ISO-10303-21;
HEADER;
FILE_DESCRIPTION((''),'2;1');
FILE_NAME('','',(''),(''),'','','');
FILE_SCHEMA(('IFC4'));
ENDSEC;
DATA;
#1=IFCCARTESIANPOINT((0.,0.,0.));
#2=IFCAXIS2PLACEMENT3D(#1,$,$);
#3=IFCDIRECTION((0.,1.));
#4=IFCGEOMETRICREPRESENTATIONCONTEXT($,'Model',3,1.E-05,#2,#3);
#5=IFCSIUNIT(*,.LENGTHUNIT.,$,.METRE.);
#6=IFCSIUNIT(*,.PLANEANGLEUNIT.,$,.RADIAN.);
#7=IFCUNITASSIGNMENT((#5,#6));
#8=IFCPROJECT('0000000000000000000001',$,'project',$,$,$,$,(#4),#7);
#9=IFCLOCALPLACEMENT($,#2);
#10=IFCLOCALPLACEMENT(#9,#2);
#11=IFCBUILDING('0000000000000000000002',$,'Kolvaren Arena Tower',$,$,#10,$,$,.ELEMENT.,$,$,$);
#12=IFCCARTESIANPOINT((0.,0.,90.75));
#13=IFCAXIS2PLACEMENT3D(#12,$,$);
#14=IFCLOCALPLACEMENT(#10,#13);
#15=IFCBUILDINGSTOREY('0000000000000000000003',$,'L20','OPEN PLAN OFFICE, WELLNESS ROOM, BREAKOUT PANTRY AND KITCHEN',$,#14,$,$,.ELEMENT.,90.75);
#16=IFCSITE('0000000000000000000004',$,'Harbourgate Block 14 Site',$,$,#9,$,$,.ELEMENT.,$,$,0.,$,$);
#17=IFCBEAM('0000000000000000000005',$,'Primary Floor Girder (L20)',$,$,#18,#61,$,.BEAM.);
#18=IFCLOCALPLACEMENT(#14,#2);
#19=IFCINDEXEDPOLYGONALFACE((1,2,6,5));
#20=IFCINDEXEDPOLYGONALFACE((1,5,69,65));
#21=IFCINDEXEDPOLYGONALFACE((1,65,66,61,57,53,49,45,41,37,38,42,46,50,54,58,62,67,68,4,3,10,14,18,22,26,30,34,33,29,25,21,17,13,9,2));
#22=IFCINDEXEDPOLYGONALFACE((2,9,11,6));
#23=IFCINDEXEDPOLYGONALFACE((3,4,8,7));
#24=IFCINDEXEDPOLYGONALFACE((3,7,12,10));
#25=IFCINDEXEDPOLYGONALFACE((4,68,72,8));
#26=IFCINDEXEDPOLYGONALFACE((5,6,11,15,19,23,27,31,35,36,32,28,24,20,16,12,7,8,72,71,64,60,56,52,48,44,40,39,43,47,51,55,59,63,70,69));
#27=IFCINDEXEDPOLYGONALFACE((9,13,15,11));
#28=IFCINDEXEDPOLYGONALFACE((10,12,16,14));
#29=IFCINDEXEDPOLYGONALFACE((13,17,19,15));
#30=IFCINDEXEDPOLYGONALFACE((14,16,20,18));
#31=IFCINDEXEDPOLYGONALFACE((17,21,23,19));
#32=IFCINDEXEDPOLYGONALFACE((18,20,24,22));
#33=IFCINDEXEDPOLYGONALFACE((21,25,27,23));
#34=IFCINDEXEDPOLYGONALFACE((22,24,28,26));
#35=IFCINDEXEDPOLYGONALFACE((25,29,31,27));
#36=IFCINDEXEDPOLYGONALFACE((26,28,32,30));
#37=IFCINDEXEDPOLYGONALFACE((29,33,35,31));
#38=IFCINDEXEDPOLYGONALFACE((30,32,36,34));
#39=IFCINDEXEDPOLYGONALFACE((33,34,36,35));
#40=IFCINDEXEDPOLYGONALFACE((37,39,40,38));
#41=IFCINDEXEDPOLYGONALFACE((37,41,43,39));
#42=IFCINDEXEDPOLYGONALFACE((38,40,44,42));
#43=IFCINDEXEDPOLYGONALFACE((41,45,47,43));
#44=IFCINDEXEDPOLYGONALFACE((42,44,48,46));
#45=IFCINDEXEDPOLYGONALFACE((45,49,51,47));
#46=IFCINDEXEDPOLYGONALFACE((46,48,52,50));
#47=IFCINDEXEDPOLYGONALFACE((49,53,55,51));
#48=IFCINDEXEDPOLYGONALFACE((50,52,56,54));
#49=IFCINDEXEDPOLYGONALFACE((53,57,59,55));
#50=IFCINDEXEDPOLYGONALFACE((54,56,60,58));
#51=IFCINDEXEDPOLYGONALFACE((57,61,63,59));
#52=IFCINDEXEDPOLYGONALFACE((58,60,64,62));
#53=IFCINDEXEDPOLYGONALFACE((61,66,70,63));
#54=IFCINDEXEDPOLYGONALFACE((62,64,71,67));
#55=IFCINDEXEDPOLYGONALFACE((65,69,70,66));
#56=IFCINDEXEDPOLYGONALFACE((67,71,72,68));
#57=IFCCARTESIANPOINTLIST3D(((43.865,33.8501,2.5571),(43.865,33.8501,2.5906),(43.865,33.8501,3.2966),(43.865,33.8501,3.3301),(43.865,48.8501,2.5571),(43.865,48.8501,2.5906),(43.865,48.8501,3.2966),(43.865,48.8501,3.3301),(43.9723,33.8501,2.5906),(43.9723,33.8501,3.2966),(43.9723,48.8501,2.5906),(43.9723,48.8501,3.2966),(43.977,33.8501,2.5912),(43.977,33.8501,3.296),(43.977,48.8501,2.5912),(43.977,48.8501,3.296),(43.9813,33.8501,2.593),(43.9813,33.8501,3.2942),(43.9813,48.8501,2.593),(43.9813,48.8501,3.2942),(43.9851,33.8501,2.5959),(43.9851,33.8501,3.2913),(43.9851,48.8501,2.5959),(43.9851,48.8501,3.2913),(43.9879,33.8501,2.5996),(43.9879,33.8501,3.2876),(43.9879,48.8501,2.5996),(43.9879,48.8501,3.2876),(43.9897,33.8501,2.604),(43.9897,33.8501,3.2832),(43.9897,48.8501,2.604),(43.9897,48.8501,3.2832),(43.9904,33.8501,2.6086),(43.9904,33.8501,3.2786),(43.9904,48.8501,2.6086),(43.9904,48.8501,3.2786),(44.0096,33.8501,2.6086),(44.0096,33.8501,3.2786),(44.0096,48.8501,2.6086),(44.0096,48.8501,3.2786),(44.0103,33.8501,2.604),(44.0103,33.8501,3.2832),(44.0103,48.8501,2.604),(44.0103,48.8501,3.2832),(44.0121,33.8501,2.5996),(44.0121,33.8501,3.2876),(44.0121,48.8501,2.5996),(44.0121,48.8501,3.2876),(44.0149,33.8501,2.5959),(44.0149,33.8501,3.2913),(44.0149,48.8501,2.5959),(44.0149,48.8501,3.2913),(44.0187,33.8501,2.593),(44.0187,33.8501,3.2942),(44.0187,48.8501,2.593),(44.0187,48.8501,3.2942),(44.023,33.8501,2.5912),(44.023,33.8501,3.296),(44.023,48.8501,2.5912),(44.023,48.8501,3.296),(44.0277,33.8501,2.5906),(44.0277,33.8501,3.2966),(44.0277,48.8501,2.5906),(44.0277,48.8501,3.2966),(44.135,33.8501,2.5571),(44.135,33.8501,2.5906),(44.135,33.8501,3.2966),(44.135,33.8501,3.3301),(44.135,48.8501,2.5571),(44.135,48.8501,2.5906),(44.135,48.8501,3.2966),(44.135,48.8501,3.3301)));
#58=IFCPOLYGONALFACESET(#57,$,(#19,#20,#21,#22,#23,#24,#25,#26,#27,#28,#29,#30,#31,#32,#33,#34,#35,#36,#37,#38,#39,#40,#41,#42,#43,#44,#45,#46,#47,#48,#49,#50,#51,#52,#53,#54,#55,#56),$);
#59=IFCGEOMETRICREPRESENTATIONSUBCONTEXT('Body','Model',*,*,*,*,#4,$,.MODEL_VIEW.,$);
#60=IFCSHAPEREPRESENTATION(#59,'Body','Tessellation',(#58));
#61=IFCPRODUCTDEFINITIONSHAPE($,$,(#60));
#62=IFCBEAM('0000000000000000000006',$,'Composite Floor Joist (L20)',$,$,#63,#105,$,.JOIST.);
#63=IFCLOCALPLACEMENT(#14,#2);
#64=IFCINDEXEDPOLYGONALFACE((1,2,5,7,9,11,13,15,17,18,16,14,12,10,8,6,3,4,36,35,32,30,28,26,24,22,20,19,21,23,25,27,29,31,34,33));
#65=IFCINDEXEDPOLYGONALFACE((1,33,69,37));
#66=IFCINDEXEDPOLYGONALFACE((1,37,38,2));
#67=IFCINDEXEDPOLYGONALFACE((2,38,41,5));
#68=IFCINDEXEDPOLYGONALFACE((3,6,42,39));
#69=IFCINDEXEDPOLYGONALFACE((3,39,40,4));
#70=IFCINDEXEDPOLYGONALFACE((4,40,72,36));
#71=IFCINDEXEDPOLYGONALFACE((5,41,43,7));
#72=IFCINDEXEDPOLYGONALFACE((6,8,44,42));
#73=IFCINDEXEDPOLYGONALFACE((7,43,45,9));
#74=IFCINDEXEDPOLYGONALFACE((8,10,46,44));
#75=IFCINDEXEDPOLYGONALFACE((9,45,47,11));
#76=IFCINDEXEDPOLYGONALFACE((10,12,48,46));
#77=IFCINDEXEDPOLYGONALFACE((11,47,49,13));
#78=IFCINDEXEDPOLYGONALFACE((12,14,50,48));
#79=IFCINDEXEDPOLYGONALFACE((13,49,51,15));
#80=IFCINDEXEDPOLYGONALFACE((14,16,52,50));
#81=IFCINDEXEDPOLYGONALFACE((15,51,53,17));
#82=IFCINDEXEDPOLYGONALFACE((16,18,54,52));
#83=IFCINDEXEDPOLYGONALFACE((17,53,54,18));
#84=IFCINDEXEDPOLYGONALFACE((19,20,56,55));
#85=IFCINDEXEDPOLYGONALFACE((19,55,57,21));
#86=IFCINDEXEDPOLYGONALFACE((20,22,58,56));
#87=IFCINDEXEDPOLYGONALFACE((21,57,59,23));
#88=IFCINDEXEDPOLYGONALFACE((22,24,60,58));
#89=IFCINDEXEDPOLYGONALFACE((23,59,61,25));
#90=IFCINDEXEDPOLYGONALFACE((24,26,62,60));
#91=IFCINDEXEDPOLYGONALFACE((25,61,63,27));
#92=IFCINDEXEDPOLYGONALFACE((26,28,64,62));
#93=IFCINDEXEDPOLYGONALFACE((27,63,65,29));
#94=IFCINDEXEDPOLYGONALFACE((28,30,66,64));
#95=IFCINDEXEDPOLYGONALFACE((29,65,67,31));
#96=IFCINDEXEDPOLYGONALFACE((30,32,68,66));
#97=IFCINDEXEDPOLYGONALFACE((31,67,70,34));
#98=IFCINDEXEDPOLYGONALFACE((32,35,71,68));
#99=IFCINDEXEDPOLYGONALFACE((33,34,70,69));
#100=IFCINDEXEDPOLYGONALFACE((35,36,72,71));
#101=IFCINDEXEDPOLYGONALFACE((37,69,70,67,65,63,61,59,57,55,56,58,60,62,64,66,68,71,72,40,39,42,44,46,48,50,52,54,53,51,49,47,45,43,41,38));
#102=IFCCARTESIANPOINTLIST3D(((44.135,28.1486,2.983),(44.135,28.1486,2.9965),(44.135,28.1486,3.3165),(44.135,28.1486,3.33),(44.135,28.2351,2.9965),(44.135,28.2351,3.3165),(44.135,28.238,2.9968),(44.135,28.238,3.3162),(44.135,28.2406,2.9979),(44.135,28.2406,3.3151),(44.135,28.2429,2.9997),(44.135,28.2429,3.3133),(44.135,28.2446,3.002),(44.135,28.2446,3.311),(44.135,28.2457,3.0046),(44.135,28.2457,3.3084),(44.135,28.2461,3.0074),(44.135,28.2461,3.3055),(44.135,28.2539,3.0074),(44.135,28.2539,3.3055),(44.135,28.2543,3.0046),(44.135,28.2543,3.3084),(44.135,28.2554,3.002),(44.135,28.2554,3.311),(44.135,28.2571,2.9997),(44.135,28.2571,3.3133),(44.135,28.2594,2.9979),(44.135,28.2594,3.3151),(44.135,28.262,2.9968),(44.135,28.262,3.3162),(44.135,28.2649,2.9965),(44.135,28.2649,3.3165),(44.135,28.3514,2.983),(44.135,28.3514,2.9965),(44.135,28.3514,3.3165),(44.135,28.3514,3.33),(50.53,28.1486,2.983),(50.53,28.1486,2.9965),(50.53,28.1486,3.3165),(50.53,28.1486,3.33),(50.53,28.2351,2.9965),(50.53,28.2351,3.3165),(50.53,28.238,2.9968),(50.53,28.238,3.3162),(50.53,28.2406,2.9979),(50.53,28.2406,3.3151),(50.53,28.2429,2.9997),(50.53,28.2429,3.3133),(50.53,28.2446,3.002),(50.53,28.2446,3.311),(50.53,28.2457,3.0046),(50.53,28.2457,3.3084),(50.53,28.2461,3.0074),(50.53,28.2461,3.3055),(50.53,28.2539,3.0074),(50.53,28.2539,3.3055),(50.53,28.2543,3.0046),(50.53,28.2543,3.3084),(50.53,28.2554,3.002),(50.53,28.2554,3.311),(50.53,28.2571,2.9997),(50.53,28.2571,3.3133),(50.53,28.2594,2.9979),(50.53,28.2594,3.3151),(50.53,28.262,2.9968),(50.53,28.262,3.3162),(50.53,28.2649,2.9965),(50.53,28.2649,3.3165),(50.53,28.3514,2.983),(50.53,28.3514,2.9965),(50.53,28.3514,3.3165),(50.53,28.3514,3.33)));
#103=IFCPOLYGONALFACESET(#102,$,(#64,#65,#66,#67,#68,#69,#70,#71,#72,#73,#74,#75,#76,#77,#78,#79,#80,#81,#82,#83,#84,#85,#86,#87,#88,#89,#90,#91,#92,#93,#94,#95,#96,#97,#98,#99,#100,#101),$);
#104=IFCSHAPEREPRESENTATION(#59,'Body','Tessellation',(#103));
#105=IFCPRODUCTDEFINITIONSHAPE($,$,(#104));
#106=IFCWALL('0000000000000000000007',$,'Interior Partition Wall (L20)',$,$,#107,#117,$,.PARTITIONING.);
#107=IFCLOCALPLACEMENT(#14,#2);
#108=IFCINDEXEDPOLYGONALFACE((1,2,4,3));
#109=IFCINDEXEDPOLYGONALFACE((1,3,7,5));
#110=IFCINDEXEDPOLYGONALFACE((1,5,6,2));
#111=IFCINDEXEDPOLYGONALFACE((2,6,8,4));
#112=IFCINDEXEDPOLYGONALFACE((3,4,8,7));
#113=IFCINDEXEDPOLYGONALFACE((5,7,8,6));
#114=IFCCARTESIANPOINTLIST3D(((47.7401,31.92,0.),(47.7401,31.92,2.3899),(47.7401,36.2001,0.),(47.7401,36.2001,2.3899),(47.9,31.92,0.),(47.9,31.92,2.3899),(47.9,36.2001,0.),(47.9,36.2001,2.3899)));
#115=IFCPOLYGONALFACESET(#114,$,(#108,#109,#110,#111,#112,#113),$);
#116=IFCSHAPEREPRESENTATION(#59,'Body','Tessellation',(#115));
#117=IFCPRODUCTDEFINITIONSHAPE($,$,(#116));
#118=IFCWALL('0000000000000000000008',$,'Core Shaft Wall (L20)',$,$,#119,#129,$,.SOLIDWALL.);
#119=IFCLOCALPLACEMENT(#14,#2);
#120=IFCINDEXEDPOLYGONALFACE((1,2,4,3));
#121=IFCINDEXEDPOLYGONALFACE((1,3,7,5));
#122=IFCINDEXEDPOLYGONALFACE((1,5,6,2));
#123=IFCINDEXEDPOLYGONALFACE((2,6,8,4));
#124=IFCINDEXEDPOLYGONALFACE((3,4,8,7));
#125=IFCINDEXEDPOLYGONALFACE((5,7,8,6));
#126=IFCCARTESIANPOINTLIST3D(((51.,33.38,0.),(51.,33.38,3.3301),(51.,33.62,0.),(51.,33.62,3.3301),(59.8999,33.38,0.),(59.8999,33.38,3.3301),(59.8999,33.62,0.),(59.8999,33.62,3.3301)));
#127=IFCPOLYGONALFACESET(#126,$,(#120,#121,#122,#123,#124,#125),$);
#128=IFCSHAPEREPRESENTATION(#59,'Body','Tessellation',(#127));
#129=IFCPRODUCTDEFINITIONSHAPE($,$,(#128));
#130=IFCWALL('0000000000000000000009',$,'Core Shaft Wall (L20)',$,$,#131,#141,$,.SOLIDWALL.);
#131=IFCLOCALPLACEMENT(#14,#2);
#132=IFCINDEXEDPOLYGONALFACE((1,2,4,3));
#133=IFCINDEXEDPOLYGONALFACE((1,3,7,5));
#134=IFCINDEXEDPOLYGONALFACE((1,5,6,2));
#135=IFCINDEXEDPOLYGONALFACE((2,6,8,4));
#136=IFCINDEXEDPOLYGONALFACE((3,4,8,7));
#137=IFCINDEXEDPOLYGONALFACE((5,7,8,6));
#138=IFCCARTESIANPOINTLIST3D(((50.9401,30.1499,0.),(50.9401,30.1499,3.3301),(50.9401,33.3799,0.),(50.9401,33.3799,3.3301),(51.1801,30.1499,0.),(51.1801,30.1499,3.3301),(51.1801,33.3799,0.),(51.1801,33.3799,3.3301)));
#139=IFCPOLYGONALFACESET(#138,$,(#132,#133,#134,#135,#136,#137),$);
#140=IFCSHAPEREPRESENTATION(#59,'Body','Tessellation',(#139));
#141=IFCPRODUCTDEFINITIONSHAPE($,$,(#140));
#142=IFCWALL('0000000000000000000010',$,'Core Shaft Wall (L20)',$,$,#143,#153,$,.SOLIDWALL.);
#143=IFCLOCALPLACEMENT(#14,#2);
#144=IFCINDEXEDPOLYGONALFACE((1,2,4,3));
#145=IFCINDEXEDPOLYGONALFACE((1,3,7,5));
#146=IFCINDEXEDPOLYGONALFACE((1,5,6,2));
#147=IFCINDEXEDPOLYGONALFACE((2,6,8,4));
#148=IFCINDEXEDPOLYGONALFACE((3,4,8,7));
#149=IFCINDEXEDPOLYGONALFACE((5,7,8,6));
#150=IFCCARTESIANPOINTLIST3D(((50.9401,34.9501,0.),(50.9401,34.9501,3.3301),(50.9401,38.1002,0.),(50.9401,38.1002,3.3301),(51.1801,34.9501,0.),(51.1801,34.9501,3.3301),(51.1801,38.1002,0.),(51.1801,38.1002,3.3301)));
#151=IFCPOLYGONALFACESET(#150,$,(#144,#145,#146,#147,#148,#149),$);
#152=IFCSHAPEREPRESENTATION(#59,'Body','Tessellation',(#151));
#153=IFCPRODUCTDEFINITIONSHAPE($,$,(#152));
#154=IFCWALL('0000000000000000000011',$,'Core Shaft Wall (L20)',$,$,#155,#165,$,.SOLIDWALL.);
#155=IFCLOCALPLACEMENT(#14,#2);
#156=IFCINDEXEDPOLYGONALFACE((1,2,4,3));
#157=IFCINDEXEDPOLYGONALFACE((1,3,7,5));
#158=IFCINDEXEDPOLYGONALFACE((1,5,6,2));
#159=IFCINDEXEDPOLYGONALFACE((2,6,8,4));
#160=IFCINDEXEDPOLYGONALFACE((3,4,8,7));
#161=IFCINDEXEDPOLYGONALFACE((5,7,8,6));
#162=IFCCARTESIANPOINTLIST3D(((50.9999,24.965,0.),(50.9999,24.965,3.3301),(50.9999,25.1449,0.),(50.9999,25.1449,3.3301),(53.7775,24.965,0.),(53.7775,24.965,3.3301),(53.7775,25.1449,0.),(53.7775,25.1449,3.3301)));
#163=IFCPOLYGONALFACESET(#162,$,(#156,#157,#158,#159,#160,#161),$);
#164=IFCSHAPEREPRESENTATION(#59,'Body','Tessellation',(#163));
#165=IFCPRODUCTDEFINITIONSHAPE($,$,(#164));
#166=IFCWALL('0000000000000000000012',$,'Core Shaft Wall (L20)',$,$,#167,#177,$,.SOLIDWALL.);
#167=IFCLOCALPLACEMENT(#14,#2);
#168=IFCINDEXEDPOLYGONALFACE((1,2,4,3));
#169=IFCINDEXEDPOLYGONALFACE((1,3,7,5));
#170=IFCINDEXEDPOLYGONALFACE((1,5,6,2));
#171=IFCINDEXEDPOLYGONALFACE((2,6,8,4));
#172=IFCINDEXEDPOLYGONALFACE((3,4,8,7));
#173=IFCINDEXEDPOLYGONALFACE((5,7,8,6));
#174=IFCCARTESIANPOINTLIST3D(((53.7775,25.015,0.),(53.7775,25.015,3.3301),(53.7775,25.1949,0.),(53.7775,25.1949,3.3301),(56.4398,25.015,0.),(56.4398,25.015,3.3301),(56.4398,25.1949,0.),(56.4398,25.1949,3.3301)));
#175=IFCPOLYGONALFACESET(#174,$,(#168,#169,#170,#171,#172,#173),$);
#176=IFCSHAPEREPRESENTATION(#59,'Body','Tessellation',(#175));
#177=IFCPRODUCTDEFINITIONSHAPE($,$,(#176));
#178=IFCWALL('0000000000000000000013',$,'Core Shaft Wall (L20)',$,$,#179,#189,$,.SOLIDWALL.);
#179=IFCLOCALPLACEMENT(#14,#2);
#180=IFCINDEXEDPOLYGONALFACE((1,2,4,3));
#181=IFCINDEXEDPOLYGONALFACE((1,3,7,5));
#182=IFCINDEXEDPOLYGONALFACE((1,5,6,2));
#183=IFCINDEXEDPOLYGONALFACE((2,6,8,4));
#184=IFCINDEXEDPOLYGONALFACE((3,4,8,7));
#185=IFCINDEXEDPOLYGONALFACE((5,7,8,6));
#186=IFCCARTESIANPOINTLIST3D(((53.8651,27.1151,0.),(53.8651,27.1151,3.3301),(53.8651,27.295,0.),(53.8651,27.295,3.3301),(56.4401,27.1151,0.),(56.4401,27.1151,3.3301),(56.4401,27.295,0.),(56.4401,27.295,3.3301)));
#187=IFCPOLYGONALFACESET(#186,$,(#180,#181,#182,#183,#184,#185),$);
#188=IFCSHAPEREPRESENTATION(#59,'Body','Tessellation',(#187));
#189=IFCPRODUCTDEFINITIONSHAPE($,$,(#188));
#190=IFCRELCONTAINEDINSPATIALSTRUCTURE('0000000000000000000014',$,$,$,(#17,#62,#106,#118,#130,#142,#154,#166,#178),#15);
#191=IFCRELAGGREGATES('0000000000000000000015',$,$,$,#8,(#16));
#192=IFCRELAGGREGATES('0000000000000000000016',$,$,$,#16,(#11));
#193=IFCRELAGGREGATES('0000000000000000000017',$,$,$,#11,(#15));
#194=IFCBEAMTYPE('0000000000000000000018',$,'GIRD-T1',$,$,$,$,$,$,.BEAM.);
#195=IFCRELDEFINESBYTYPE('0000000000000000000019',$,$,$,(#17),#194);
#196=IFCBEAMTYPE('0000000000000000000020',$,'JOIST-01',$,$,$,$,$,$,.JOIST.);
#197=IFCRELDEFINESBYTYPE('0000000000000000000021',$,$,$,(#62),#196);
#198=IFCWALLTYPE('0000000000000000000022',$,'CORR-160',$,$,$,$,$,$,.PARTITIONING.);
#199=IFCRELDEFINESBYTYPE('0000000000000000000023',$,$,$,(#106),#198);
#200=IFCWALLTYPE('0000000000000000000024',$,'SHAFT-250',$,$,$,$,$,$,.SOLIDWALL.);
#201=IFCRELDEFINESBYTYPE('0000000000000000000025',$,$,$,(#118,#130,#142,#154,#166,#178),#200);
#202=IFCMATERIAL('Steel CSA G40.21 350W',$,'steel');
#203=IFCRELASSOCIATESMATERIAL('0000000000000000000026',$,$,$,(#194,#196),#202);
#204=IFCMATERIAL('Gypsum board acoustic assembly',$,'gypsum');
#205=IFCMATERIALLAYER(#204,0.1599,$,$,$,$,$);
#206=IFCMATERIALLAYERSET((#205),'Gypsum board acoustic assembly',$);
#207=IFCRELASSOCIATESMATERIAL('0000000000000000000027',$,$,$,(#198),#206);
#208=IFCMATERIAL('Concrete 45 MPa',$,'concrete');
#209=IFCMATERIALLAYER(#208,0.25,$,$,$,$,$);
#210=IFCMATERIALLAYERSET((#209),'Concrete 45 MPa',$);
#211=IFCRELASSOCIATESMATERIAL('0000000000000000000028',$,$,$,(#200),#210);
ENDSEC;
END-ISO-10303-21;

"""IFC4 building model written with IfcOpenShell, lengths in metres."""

from ifc_helpers import new_model, si_unit, direction, frame, frame_2d, origin, origin_2d, place, context, subcontext, project, spatial, rectangle, i_section, extrude, material, layer, layer_set, material_profile, profile_set, type_object, element, save


model = new_model("IFC4")

# Units and contexts
model_context = context("Model", 3, precision=1e-05, world=origin(), true_north=direction((0.0, 1.0)))
body_context = subcontext(model_context, "Body", "Model", "MODEL_VIEW")
ifc_project = project(units=[si_unit("LENGTHUNIT", "METRE"), si_unit("PLANEANGLEUNIT", "RADIAN")], contexts=[model_context])

# Site, building, storey
site_placement = place(None, origin())
site = spatial("IfcSite", under=ifc_project, at=site_placement, Name="Harbourgate Block 14 Site", CompositionType="ELEMENT", RefElevation=0.0)
building_placement = place(site_placement, origin())
building = spatial("IfcBuilding", under=site, at=building_placement, Name="Kolvaren Arena Tower", CompositionType="ELEMENT")
storey_placement = place(building_placement, frame((0.0, 0.0, 90.75)))
storey = spatial("IfcBuildingStorey", under=building, at=storey_placement, Name="L20", Description="OPEN PLAN OFFICE, WELLNESS ROOM, BREAKOUT PANTRY AND KITCHEN", CompositionType="ELEMENT", Elevation=90.75)

# Beams
ifc_material_1 = material(Name="Steel CSA G40.21 350W", Category="steel")
ifc_material_profile_1 = material_profile(ifc_material_1, i_section(OverallWidth=0.27, OverallDepth=0.7729, WebThickness=0.0193, FlangeThickness=0.0334, FilletRadius=0.0181, at=origin_2d()), Name="W760x257")
ifc_profile_set_1 = profile_set([ifc_material_profile_1], Name="Steel CSA G40.21 350W")
beam_type_1 = type_object("IfcBeamType", Name="GIRD-T1", PredefinedType="BEAM", material=ifc_profile_set_1)
beam_1_placement = place(storey_placement, frame((44.0, 33.8501, 2.9436), z_axis=(0.0, 1.0, 0.0), x_axis=(-1.0, 0.0, 0.0)))
element("IfcBeam", 1, at=beam_1_placement, inside=storey, type_object=beam_type_1, Name="Primary Floor Girder (L20)", PredefinedType="BEAM", context=body_context, shape_type="SweptSolid", body=[
    extrude(i_section(OverallWidth=0.27, OverallDepth=0.7729, WebThickness=0.0193, FlangeThickness=0.0334, FilletRadius=0.0181, at=origin_2d()), origin(), (0.0, 0.0, 1.0), 15.0),
])
ifc_material_profile_2 = material_profile(ifc_material_1, i_section(OverallWidth=0.2029, OverallDepth=0.3469, WebThickness=0.0078, FlangeThickness=0.0134, FilletRadius=0.011, at=origin_2d()), Name="W360x64")
ifc_profile_set_2 = profile_set([ifc_material_profile_2], Name="Steel CSA G40.21 350W")
beam_type_2 = type_object("IfcBeamType", Name="JOIST-01", PredefinedType="JOIST", material=ifc_profile_set_2)
beam_2_placement = place(storey_placement, frame((44.135, 28.25, 3.1565), z_axis=(1.0, 0.0, 0.0), x_axis=(0.0, 1.0, 0.0)))
element("IfcBeam", 2, at=beam_2_placement, inside=storey, type_object=beam_type_2, Name="Composite Floor Joist (L20)", PredefinedType="JOIST", context=body_context, shape_type="SweptSolid", body=[
    extrude(i_section(OverallWidth=0.2029, OverallDepth=0.3469, WebThickness=0.0078, FlangeThickness=0.0134, FilletRadius=0.011, at=origin_2d()), origin(), (0.0, 0.0, 1.0), 6.395),
])

# Shared definitions
ifc_material_2 = material(Name="Gypsum board acoustic assembly", Category="gypsum")
ifc_layer_1 = layer(ifc_material_2, 0.1599)
ifc_layer_set_1 = layer_set([ifc_layer_1], Name="Gypsum board acoustic assembly")
wall_type_1 = type_object("IfcWallType", Name="CORR-160", PredefinedType="PARTITIONING", material=ifc_layer_set_1)

# Walls
wall_1_placement = place(storey_placement, frame((47.8201, 31.9199, 0.0), z_axis=(0.0, 0.0, 1.0), x_axis=(0.0, 1.0, 0.0)))
element("IfcWall", 3, at=wall_1_placement, inside=storey, type_object=wall_type_1, Name="Interior Partition Wall (L20)", PredefinedType="PARTITIONING", context=body_context, shape_type="SweptSolid", body=[
    extrude(rectangle(XDim=4.28, YDim=0.1599, at=frame_2d((2.1401, 0.0))), origin(), (0.0, 0.0, 1.0), 2.3899),
])
ifc_material_3 = material(Name="Concrete 45 MPa", Category="concrete")
ifc_layer_2 = layer(ifc_material_3, 0.25)
ifc_layer_set_2 = layer_set([ifc_layer_2], Name="Concrete 45 MPa")
wall_type_2 = type_object("IfcWallType", Name="SHAFT-250", PredefinedType="SOLIDWALL", material=ifc_layer_set_2)
wall_2_placement = place(storey_placement, frame((51.0, 33.5, 0.0), z_axis=(0.0, 0.0, 1.0), x_axis=(1.0, 0.0, 0.0)))
element("IfcWall", 4, at=wall_2_placement, inside=storey, type_object=wall_type_2, Name="Core Shaft Wall (L20)", PredefinedType="SOLIDWALL", context=body_context, shape_type="SweptSolid", body=[
    extrude(rectangle(XDim=8.8999, YDim=0.24, at=frame_2d((4.45, 0.0))), origin(), (0.0, 0.0, 1.0), 3.3301),
])
wall_3_placement = place(storey_placement, frame((51.0601, 30.1499, 0.0), z_axis=(0.0, 0.0, 1.0), x_axis=(0.0, 1.0, 0.0)))
element("IfcWall", 5, at=wall_3_placement, inside=storey, type_object=wall_type_2, Name="Core Shaft Wall (L20)", PredefinedType="SOLIDWALL", context=body_context, shape_type="SweptSolid", body=[
    extrude(rectangle(XDim=3.23, YDim=0.24, at=frame_2d((1.615, 0.0))), origin(), (0.0, 0.0, 1.0), 3.3301),
])
wall_4_placement = place(storey_placement, frame((51.0601, 34.95, 0.0), z_axis=(0.0, 0.0, 1.0), x_axis=(0.0, 1.0, 0.0)))
element("IfcWall", 6, at=wall_4_placement, inside=storey, type_object=wall_type_2, Name="Core Shaft Wall (L20)", PredefinedType="SOLIDWALL", context=body_context, shape_type="SweptSolid", body=[
    extrude(rectangle(XDim=3.1501, YDim=0.24, at=frame_2d((1.5752, 0.0))), origin(), (0.0, 0.0, 1.0), 3.3301),
])
wall_5_placement = place(storey_placement, frame((51.0, 25.0549, 0.0), z_axis=(0.0, 0.0, 1.0), x_axis=(1.0, 0.0, 0.0)))
element("IfcWall", 7, at=wall_5_placement, inside=storey, type_object=wall_type_2, Name="Core Shaft Wall (L20)", PredefinedType="SOLIDWALL", context=body_context, shape_type="SweptSolid", body=[
    extrude(rectangle(XDim=2.7776, YDim=0.1799, at=frame_2d((1.3887, 0.0))), origin(), (0.0, 0.0, 1.0), 3.3301),
])
wall_6_placement = place(storey_placement, frame((53.7776, 25.105, 0.0), z_axis=(0.0, 0.0, 1.0), x_axis=(1.0, 0.0, 0.0)))
element("IfcWall", 8, at=wall_6_placement, inside=storey, type_object=wall_type_2, Name="Core Shaft Wall (L20)", PredefinedType="SOLIDWALL", context=body_context, shape_type="SweptSolid", body=[
    extrude(rectangle(XDim=2.6624, YDim=0.1799, at=frame_2d((1.3311, 0.0))), origin(), (0.0, 0.0, 1.0), 3.3301),
])
wall_7_placement = place(storey_placement, frame((53.865, 27.2051, 0.0), z_axis=(0.0, 0.0, 1.0), x_axis=(1.0, 0.0, 0.0)))
element("IfcWall", 9, at=wall_7_placement, inside=storey, type_object=wall_type_2, Name="Core Shaft Wall (L20)", PredefinedType="SOLIDWALL", context=body_context, shape_type="SweptSolid", body=[
    extrude(rectangle(XDim=2.575, YDim=0.1799, at=frame_2d((1.2876, 0.0))), origin(), (0.0, 0.0, 1.0), 3.3301),
])

save(model, "model.ifc")
